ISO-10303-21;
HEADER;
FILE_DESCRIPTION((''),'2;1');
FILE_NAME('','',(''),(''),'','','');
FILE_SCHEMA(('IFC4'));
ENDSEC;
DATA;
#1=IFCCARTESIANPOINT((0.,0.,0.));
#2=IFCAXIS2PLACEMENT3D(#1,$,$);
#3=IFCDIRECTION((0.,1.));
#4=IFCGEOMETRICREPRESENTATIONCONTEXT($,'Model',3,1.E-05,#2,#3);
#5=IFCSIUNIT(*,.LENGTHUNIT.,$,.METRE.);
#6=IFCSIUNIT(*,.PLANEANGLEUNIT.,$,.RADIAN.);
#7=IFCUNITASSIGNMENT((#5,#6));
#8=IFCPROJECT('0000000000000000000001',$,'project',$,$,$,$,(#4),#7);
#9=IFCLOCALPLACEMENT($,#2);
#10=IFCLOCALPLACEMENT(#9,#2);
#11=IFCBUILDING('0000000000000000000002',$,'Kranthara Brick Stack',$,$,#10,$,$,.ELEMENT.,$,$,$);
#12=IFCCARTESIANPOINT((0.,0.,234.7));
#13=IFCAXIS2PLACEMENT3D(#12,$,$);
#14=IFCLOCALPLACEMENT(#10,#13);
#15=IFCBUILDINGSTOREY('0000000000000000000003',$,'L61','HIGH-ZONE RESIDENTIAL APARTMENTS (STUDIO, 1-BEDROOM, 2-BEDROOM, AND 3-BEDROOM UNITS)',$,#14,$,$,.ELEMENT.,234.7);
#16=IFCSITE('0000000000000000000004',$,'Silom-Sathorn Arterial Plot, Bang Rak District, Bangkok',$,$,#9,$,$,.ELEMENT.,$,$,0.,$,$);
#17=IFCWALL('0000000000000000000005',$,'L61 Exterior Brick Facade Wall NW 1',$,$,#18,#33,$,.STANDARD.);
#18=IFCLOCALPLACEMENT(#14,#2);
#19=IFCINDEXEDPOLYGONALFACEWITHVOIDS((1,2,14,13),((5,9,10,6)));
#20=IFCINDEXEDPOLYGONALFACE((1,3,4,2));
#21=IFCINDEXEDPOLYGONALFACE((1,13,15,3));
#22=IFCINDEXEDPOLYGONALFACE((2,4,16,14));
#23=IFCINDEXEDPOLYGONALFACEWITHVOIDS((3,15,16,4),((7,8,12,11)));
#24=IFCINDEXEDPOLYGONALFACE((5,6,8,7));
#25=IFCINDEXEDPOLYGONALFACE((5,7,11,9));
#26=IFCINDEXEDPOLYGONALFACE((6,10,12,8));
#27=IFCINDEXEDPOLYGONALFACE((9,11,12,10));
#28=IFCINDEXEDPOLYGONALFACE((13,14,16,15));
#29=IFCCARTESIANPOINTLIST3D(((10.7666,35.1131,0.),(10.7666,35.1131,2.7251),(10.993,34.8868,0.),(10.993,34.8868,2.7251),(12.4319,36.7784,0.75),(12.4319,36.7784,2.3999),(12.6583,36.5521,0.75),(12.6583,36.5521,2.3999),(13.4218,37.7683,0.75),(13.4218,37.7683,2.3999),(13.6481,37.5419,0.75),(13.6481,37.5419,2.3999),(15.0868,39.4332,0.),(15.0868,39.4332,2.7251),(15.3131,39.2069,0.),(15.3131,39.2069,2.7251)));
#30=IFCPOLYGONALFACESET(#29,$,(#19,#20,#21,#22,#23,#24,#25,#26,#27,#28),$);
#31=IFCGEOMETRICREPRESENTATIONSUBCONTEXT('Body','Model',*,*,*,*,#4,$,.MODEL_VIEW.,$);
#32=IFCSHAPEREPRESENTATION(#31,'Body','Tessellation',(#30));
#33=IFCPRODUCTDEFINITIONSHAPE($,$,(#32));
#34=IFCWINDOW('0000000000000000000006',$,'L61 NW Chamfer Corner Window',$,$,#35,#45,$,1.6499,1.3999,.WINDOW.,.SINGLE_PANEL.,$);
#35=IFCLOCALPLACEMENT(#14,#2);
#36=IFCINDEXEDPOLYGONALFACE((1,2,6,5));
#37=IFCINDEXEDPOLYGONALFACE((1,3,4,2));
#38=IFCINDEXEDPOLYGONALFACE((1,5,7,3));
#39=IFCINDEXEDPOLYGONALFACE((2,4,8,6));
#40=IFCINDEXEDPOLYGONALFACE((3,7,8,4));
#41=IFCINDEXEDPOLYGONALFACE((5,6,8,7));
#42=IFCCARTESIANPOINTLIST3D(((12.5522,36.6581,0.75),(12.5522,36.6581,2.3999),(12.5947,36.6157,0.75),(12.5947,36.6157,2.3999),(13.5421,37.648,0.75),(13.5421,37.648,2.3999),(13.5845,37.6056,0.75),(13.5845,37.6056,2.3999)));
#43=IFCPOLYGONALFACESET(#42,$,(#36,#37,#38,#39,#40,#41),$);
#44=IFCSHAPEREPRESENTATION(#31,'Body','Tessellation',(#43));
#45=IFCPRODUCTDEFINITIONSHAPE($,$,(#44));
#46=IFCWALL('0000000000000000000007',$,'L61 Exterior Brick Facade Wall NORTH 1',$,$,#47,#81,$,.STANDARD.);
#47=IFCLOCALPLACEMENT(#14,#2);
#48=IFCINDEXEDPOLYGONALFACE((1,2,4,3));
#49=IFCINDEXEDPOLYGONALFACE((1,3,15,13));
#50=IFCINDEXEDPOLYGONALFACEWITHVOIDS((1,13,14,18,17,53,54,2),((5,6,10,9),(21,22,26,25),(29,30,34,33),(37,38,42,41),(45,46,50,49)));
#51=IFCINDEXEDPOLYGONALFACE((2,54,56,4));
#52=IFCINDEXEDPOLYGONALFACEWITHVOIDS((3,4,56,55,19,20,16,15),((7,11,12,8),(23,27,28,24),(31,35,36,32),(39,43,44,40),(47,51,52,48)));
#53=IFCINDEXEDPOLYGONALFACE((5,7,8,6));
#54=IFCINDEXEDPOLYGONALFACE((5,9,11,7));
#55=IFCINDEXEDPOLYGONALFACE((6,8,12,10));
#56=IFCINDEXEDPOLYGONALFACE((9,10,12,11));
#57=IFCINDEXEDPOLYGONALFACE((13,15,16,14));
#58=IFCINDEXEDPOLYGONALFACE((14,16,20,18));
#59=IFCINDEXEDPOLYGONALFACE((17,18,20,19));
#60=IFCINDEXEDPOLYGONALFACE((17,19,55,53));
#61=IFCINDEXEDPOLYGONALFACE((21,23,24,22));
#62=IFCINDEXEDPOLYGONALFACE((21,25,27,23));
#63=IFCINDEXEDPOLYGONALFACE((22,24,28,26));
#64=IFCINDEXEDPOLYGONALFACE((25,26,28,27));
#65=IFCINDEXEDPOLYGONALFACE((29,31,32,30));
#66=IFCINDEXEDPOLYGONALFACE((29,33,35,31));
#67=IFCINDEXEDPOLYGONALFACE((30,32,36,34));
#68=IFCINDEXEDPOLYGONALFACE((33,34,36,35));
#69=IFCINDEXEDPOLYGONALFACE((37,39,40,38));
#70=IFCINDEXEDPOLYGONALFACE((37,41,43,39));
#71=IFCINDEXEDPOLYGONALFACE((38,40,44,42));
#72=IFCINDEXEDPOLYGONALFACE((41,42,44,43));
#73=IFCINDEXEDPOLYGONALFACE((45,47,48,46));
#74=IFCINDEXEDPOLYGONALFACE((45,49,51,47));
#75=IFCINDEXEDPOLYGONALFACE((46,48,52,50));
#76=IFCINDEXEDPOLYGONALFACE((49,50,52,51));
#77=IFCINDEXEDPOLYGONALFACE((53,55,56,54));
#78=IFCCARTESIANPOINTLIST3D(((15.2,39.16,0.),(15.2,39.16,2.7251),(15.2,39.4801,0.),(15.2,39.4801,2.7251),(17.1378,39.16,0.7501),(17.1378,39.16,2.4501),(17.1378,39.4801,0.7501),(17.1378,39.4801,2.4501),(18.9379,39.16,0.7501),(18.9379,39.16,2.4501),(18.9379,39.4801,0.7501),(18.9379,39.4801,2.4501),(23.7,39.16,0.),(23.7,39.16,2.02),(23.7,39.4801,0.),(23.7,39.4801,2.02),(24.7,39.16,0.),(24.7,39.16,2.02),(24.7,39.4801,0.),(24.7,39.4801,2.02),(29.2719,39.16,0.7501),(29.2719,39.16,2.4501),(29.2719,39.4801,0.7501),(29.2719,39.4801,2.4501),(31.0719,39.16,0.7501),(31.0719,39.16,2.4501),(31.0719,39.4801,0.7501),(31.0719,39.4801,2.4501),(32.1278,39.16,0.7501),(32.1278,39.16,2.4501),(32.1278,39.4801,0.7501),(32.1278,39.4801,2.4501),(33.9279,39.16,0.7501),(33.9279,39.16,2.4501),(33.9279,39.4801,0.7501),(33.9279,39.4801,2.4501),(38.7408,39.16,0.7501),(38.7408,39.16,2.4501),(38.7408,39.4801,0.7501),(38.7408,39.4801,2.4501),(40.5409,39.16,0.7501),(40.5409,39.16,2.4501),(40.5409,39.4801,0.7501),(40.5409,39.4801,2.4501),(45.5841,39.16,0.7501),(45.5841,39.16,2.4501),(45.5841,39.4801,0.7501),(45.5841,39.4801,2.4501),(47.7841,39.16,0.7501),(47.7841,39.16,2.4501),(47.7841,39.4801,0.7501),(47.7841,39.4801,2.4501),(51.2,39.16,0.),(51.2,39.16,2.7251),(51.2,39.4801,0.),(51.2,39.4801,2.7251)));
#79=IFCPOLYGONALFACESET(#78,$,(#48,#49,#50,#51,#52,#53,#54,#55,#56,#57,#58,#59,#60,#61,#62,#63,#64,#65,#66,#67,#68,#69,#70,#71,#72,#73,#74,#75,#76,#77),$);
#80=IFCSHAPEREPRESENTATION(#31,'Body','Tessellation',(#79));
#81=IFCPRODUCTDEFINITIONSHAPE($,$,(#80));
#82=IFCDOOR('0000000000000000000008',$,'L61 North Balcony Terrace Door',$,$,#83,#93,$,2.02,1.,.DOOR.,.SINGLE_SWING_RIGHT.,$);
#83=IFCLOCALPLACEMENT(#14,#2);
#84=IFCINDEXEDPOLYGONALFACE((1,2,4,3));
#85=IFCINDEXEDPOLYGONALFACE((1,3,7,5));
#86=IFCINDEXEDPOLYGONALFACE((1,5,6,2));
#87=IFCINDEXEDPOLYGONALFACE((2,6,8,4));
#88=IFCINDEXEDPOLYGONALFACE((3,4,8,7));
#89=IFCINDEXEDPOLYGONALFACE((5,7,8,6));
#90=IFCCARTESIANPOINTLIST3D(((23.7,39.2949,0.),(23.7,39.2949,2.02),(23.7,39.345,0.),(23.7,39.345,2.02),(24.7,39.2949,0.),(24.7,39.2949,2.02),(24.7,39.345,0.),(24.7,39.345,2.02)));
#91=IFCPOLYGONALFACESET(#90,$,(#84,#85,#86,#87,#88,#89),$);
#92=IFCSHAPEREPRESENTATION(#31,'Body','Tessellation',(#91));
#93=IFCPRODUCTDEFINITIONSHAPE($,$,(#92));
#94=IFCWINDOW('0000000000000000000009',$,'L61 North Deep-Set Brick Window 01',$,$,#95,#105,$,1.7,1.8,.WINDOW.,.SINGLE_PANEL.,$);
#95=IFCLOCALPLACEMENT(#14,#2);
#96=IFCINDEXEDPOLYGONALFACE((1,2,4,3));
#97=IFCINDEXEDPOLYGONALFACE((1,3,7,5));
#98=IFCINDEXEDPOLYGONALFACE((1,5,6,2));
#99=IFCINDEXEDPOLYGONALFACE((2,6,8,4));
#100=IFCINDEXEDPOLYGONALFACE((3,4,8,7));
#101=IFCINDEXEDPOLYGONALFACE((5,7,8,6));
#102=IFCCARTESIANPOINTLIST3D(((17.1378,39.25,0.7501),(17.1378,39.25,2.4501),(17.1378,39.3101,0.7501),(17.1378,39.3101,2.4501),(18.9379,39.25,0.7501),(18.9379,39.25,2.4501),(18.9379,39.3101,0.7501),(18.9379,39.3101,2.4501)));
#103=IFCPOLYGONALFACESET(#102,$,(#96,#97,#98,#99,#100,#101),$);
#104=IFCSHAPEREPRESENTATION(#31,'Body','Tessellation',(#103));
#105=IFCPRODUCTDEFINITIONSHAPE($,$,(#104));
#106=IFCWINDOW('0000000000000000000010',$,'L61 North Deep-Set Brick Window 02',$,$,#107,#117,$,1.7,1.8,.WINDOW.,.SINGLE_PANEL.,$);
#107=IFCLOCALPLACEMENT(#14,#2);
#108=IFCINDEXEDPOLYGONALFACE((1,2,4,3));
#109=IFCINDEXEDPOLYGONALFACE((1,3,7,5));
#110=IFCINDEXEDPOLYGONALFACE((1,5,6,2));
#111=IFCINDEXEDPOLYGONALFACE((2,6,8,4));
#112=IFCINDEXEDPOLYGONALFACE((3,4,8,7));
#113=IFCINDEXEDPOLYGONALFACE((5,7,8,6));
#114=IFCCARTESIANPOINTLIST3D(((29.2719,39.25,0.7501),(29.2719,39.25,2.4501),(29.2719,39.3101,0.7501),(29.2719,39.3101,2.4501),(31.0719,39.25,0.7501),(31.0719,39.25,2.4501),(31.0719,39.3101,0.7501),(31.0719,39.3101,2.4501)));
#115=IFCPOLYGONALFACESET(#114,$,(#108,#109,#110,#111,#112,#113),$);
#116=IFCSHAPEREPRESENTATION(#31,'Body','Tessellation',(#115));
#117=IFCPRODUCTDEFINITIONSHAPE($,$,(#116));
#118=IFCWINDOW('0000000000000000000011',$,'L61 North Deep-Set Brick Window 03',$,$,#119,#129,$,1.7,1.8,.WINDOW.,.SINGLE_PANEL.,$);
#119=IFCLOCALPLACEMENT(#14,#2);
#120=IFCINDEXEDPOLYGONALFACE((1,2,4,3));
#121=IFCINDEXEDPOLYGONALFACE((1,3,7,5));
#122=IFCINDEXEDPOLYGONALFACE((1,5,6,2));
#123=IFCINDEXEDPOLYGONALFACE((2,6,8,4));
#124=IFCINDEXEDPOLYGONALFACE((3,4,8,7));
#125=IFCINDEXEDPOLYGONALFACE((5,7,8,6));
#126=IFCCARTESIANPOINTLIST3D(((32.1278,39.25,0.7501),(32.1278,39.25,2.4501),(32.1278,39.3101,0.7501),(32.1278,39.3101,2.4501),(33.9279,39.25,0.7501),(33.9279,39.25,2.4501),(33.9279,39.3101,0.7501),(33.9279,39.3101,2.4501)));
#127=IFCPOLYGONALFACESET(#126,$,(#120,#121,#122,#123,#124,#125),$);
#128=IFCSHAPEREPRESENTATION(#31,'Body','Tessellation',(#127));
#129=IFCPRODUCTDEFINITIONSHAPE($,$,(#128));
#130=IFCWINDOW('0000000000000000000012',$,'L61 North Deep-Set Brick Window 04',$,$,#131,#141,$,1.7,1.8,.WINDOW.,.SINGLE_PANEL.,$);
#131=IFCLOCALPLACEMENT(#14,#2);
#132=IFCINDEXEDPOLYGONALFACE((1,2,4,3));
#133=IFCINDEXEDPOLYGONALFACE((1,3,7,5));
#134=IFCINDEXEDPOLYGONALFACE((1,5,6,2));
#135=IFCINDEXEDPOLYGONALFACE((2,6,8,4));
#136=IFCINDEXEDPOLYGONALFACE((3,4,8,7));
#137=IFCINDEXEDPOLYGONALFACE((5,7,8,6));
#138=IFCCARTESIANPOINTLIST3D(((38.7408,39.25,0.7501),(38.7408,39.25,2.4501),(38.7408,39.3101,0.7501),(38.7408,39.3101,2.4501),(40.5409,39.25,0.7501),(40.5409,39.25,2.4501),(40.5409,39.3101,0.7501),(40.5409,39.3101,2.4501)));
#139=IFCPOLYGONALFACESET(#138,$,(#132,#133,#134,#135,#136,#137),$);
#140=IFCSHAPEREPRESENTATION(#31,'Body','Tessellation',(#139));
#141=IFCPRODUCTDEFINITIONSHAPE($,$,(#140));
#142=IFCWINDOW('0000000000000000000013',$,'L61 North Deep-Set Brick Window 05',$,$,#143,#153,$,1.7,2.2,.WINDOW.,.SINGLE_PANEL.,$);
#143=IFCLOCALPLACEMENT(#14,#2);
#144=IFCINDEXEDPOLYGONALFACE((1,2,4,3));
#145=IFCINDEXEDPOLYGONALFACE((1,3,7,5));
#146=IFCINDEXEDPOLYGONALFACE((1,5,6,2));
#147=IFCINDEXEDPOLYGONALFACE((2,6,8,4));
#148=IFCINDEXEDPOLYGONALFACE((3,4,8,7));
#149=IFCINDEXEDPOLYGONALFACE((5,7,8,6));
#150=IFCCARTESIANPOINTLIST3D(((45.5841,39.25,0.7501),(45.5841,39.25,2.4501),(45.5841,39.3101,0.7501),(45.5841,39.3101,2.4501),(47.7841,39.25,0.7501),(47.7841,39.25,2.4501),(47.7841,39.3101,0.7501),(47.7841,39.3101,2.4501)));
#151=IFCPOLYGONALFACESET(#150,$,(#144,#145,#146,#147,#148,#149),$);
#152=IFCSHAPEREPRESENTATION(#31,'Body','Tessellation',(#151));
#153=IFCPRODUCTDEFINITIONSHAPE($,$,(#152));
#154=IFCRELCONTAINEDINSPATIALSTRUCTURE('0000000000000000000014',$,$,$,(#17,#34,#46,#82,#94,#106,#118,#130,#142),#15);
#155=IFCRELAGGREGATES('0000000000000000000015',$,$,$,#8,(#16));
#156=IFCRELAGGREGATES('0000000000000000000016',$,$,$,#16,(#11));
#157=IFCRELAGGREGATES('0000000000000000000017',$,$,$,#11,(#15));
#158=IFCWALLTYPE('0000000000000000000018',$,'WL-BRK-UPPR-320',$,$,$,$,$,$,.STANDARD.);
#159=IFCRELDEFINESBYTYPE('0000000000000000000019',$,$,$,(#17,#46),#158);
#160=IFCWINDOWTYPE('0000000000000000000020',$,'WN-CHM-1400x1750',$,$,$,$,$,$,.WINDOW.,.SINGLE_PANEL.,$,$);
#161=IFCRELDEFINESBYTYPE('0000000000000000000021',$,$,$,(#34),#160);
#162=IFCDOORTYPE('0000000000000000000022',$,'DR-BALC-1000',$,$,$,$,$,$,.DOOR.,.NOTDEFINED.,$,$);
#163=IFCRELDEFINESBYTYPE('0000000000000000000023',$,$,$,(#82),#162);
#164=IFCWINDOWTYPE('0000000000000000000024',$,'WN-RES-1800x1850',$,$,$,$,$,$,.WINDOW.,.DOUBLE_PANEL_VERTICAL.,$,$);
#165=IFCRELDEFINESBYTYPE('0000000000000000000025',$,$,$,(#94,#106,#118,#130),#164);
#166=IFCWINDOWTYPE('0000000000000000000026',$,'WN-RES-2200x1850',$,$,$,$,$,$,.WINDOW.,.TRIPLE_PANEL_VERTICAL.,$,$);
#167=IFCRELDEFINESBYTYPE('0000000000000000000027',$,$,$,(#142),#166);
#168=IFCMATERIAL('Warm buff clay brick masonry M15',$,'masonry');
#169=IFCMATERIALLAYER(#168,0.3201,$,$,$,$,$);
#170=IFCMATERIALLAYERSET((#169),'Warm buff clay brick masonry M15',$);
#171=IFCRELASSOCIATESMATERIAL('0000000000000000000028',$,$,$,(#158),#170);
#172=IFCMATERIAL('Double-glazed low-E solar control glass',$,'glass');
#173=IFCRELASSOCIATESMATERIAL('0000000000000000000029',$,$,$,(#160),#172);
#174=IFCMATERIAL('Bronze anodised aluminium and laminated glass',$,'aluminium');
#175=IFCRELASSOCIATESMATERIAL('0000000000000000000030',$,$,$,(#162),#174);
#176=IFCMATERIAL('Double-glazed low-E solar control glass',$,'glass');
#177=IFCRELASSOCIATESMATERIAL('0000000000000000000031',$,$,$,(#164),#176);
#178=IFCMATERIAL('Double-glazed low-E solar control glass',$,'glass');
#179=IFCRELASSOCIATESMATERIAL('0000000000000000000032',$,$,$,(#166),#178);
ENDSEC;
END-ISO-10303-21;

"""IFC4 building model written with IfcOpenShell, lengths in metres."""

from ifc_helpers import new_model, si_unit, direction, frame, frame_2d, origin, place, context, subcontext, project, spatial, rectangle, extrude, material, layer, layer_set, type_object, element, fill, save


model = new_model("IFC4")

# Units and contexts
model_context = context("Model", 3, precision=1e-05, world=origin(), true_north=direction((0.0, 1.0)))
body_context = subcontext(model_context, "Body", "Model", "MODEL_VIEW")
ifc_project = project(units=[si_unit("LENGTHUNIT", "METRE"), si_unit("PLANEANGLEUNIT", "RADIAN")], contexts=[model_context])

# Site, building, storey
site_placement = place(None, origin())
site = spatial("IfcSite", under=ifc_project, at=site_placement, Name="Silom-Sathorn Arterial Plot, Bang Rak District, Bangkok", CompositionType="ELEMENT", RefElevation=0.0)
building_placement = place(site_placement, origin())
building = spatial("IfcBuilding", under=site, at=building_placement, Name="Kranthara Brick Stack", CompositionType="ELEMENT")
storey_placement = place(building_placement, frame((0.0, 0.0, 234.7)))
storey = spatial("IfcBuildingStorey", under=building, at=storey_placement, Name="L61", Description="HIGH-ZONE RESIDENTIAL APARTMENTS (STUDIO, 1-BEDROOM, 2-BEDROOM, AND 3-BEDROOM UNITS)", CompositionType="ELEMENT", Elevation=234.7)

# Wall, opening, window
ifc_material_1 = material(Name="Warm buff clay brick masonry M15", Category="masonry")
ifc_layer_1 = layer(ifc_material_1, 0.3201)
ifc_layer_set_1 = layer_set([ifc_layer_1], Name="Warm buff clay brick masonry M15")
wall_type_1 = type_object("IfcWallType", Name="WL-BRK-UPPR-320", PredefinedType="STANDARD", material=ifc_layer_set_1)
wall_1_placement = place(storey_placement, frame((10.8799, 35.0, 0.0), z_axis=(0.0, 0.0, 1.0), x_axis=(0.707107, 0.707107, 0.0)))
wall_1 = element("IfcWall", 1, at=wall_1_placement, inside=storey, type_object=wall_type_1, Name="L61 Exterior Brick Facade Wall NW 1", PredefinedType="STANDARD", context=body_context, shape_type="SweptSolid", body=[
    extrude(rectangle(XDim=6.1096, YDim=0.3201, at=frame_2d((3.0547, 0.0))), origin(), (0.0, 0.0, 1.0), 2.7251),
])
opening_1_placement = place(wall_1_placement, frame((2.355, 0.0, 0.75)))
opening_1 = element("IfcOpeningElement", 2, at=opening_1_placement, cuts=wall_1, PredefinedType="OPENING", context=body_context, shape_type="SweptSolid", body=[
    extrude(rectangle(XDim=1.3999, YDim=1.6499, at=frame_2d((0.7, 0.825))), frame((0.0, 0.1699, 0.0), z_axis=(0.0, -1.0, 0.0), x_axis=(1.0, 0.0, 0.0)), (0.0, 0.0, 1.0), 0.3401),
])
ifc_material_2 = material(Name="Double-glazed low-E solar control glass", Category="glass")
window_type_1 = type_object("IfcWindowType", Name="WN-CHM-1400x1750", PartitioningType="SINGLE_PANEL", PredefinedType="WINDOW", material=ifc_material_2)
window_1_placement = place(opening_1_placement, origin())
window_1 = element("IfcWindow", 3, at=window_1_placement, inside=storey, type_object=window_type_1, Name="L61 NW Chamfer Corner Window", OverallHeight=1.6499, OverallWidth=1.3999, PartitioningType="SINGLE_PANEL", PredefinedType="WINDOW", context=body_context, shape_type="SweptSolid", body=[
    extrude(rectangle(XDim=1.3999, YDim=1.6499, at=frame_2d((0.7, 0.825))), frame((0.0, -0.01, 0.0), z_axis=(0.0, -1.0, 0.0), x_axis=(1.0, 0.0, 0.0)), (0.0, 0.0, 1.0), 0.0601),
])
fill(opening_1, window_1)

# Wall, openings, door, windows
wall_2_placement = place(storey_placement, frame((15.2, 39.3201, 0.0), z_axis=(0.0, 0.0, 1.0), x_axis=(1.0, 0.0, 0.0)))
wall_2 = element("IfcWall", 4, at=wall_2_placement, inside=storey, type_object=wall_type_1, Name="L61 Exterior Brick Facade Wall NORTH 1", PredefinedType="STANDARD", context=body_context, shape_type="SweptSolid", body=[
    extrude(rectangle(XDim=36.0, YDim=0.3201, at=frame_2d((18.0, 0.0))), origin(), (0.0, 0.0, 1.0), 2.7251),
])
opening_2_placement = place(wall_2_placement, frame((8.5, 0.0, 0.0)))
opening_2 = element("IfcOpeningElement", 5, at=opening_2_placement, cuts=wall_2, PredefinedType="OPENING", context=body_context, shape_type="SweptSolid", body=[
    extrude(rectangle(XDim=1.0, YDim=2.02, at=frame_2d((0.5, 1.01))), frame((0.0, 0.1699, 0.0), z_axis=(0.0, -1.0, 0.0), x_axis=(1.0, 0.0, 0.0)), (0.0, 0.0, 1.0), 0.3401),
])
opening_3_placement = place(wall_2_placement, frame((1.938, 0.0, 0.75)))
opening_3 = element("IfcOpeningElement", 6, at=opening_3_placement, cuts=wall_2, PredefinedType="OPENING", context=body_context, shape_type="SweptSolid", body=[
    extrude(rectangle(XDim=1.8, YDim=1.7, at=frame_2d((0.8999, 0.8501))), frame((0.0, 0.1699, 0.0), z_axis=(0.0, -1.0, 0.0), x_axis=(1.0, 0.0, 0.0)), (0.0, 0.0, 1.0), 0.3401),
])
opening_4_placement = place(wall_2_placement, frame((14.072, 0.0, 0.75)))
opening_4 = element("IfcOpeningElement", 7, at=opening_4_placement, cuts=wall_2, PredefinedType="OPENING", context=body_context, shape_type="SweptSolid", body=[
    extrude(rectangle(XDim=1.8, YDim=1.7, at=frame_2d((0.8999, 0.8501))), frame((0.0, 0.1699, 0.0), z_axis=(0.0, -1.0, 0.0), x_axis=(1.0, 0.0, 0.0)), (0.0, 0.0, 1.0), 0.3401),
])
opening_5_placement = place(wall_2_placement, frame((16.928, 0.0, 0.75)))
opening_5 = element("IfcOpeningElement", 8, at=opening_5_placement, cuts=wall_2, PredefinedType="OPENING", context=body_context, shape_type="SweptSolid", body=[
    extrude(rectangle(XDim=1.8, YDim=1.7, at=frame_2d((0.8999, 0.8501))), frame((0.0, 0.1699, 0.0), z_axis=(0.0, -1.0, 0.0), x_axis=(1.0, 0.0, 0.0)), (0.0, 0.0, 1.0), 0.3401),
])
opening_6_placement = place(wall_2_placement, frame((23.541, 0.0, 0.75)))
opening_6 = element("IfcOpeningElement", 9, at=opening_6_placement, cuts=wall_2, PredefinedType="OPENING", context=body_context, shape_type="SweptSolid", body=[
    extrude(rectangle(XDim=1.8, YDim=1.7, at=frame_2d((0.8999, 0.8501))), frame((0.0, 0.1699, 0.0), z_axis=(0.0, -1.0, 0.0), x_axis=(1.0, 0.0, 0.0)), (0.0, 0.0, 1.0), 0.3401),
])
opening_7_placement = place(wall_2_placement, frame((30.384, 0.0, 0.75)))
opening_7 = element("IfcOpeningElement", 10, at=opening_7_placement, cuts=wall_2, PredefinedType="OPENING", context=body_context, shape_type="SweptSolid", body=[
    extrude(rectangle(XDim=2.2, YDim=1.7, at=frame_2d((1.1001, 0.8501))), frame((0.0, 0.1699, 0.0), z_axis=(0.0, -1.0, 0.0), x_axis=(1.0, 0.0, 0.0)), (0.0, 0.0, 1.0), 0.3401),
])
ifc_material_3 = material(Name="Bronze anodised aluminium and laminated glass", Category="aluminium")
door_type_1 = type_object("IfcDoorType", Name="DR-BALC-1000", OperationType="NOTDEFINED", PredefinedType="DOOR", material=ifc_material_3)
door_1_placement = place(opening_2_placement, origin())
door_1 = element("IfcDoor", 11, at=door_1_placement, inside=storey, type_object=door_type_1, Name="L61 North Balcony Terrace Door", OperationType="SINGLE_SWING_RIGHT", OverallHeight=2.02, OverallWidth=1.0, PredefinedType="DOOR", context=body_context, shape_type="SweptSolid", body=[
    extrude(rectangle(XDim=1.0, YDim=2.02, at=frame_2d((0.5, 1.01))), frame((0.0, 0.0249, 0.0), z_axis=(0.0, -1.0, 0.0), x_axis=(1.0, 0.0, 0.0)), (0.0, 0.0, 1.0), 0.05),
])
fill(opening_2, door_1)
ifc_material_4 = material(Name="Double-glazed low-E solar control glass", Category="glass")
window_type_2 = type_object("IfcWindowType", Name="WN-RES-1800x1850", PartitioningType="DOUBLE_PANEL_VERTICAL", PredefinedType="WINDOW", material=ifc_material_4)
window_2_placement = place(opening_3_placement, origin())
window_2 = element("IfcWindow", 12, at=window_2_placement, inside=storey, type_object=window_type_2, Name="L61 North Deep-Set Brick Window 01", OverallHeight=1.7, OverallWidth=1.8, PartitioningType="SINGLE_PANEL", PredefinedType="WINDOW", context=body_context, shape_type="SweptSolid", body=[
    extrude(rectangle(XDim=1.8, YDim=1.7, at=frame_2d((0.8999, 0.8501))), frame((0.0, -0.01, 0.0), z_axis=(0.0, -1.0, 0.0), x_axis=(1.0, 0.0, 0.0)), (0.0, 0.0, 1.0), 0.0601),
])
fill(opening_3, window_2)
window_3_placement = place(opening_4_placement, origin())
window_3 = element("IfcWindow", 13, at=window_3_placement, inside=storey, type_object=window_type_2, Name="L61 North Deep-Set Brick Window 02", OverallHeight=1.7, OverallWidth=1.8, PartitioningType="SINGLE_PANEL", PredefinedType="WINDOW", context=body_context, shape_type="SweptSolid", body=[
    extrude(rectangle(XDim=1.8, YDim=1.7, at=frame_2d((0.8999, 0.8501))), frame((0.0, -0.01, 0.0), z_axis=(0.0, -1.0, 0.0), x_axis=(1.0, 0.0, 0.0)), (0.0, 0.0, 1.0), 0.0601),
])
fill(opening_4, window_3)
window_4_placement = place(opening_5_placement, origin())
window_4 = element("IfcWindow", 14, at=window_4_placement, inside=storey, type_object=window_type_2, Name="L61 North Deep-Set Brick Window 03", OverallHeight=1.7, OverallWidth=1.8, PartitioningType="SINGLE_PANEL", PredefinedType="WINDOW", context=body_context, shape_type="SweptSolid", body=[
    extrude(rectangle(XDim=1.8, YDim=1.7, at=frame_2d((0.8999, 0.8501))), frame((0.0, -0.01, 0.0), z_axis=(0.0, -1.0, 0.0), x_axis=(1.0, 0.0, 0.0)), (0.0, 0.0, 1.0), 0.0601),
])
fill(opening_5, window_4)
window_5_placement = place(opening_6_placement, origin())
window_5 = element("IfcWindow", 15, at=window_5_placement, inside=storey, type_object=window_type_2, Name="L61 North Deep-Set Brick Window 04", OverallHeight=1.7, OverallWidth=1.8, PartitioningType="SINGLE_PANEL", PredefinedType="WINDOW", context=body_context, shape_type="SweptSolid", body=[
    extrude(rectangle(XDim=1.8, YDim=1.7, at=frame_2d((0.8999, 0.8501))), frame((0.0, -0.01, 0.0), z_axis=(0.0, -1.0, 0.0), x_axis=(1.0, 0.0, 0.0)), (0.0, 0.0, 1.0), 0.0601),
])
fill(opening_6, window_5)
ifc_material_5 = material(Name="Double-glazed low-E solar control glass", Category="glass")
window_type_3 = type_object("IfcWindowType", Name="WN-RES-2200x1850", PartitioningType="TRIPLE_PANEL_VERTICAL", PredefinedType="WINDOW", material=ifc_material_5)
window_6_placement = place(opening_7_placement, origin())
window_6 = element("IfcWindow", 16, at=window_6_placement, inside=storey, type_object=window_type_3, Name="L61 North Deep-Set Brick Window 05", OverallHeight=1.7, OverallWidth=2.2, PartitioningType="SINGLE_PANEL", PredefinedType="WINDOW", context=body_context, shape_type="SweptSolid", body=[
    extrude(rectangle(XDim=2.2, YDim=1.7, at=frame_2d((1.1001, 0.8501))), frame((0.0, -0.01, 0.0), z_axis=(0.0, -1.0, 0.0), x_axis=(1.0, 0.0, 0.0)), (0.0, 0.0, 1.0), 0.0601),
])
fill(opening_7, window_6)

save(model, "model.ifc")
